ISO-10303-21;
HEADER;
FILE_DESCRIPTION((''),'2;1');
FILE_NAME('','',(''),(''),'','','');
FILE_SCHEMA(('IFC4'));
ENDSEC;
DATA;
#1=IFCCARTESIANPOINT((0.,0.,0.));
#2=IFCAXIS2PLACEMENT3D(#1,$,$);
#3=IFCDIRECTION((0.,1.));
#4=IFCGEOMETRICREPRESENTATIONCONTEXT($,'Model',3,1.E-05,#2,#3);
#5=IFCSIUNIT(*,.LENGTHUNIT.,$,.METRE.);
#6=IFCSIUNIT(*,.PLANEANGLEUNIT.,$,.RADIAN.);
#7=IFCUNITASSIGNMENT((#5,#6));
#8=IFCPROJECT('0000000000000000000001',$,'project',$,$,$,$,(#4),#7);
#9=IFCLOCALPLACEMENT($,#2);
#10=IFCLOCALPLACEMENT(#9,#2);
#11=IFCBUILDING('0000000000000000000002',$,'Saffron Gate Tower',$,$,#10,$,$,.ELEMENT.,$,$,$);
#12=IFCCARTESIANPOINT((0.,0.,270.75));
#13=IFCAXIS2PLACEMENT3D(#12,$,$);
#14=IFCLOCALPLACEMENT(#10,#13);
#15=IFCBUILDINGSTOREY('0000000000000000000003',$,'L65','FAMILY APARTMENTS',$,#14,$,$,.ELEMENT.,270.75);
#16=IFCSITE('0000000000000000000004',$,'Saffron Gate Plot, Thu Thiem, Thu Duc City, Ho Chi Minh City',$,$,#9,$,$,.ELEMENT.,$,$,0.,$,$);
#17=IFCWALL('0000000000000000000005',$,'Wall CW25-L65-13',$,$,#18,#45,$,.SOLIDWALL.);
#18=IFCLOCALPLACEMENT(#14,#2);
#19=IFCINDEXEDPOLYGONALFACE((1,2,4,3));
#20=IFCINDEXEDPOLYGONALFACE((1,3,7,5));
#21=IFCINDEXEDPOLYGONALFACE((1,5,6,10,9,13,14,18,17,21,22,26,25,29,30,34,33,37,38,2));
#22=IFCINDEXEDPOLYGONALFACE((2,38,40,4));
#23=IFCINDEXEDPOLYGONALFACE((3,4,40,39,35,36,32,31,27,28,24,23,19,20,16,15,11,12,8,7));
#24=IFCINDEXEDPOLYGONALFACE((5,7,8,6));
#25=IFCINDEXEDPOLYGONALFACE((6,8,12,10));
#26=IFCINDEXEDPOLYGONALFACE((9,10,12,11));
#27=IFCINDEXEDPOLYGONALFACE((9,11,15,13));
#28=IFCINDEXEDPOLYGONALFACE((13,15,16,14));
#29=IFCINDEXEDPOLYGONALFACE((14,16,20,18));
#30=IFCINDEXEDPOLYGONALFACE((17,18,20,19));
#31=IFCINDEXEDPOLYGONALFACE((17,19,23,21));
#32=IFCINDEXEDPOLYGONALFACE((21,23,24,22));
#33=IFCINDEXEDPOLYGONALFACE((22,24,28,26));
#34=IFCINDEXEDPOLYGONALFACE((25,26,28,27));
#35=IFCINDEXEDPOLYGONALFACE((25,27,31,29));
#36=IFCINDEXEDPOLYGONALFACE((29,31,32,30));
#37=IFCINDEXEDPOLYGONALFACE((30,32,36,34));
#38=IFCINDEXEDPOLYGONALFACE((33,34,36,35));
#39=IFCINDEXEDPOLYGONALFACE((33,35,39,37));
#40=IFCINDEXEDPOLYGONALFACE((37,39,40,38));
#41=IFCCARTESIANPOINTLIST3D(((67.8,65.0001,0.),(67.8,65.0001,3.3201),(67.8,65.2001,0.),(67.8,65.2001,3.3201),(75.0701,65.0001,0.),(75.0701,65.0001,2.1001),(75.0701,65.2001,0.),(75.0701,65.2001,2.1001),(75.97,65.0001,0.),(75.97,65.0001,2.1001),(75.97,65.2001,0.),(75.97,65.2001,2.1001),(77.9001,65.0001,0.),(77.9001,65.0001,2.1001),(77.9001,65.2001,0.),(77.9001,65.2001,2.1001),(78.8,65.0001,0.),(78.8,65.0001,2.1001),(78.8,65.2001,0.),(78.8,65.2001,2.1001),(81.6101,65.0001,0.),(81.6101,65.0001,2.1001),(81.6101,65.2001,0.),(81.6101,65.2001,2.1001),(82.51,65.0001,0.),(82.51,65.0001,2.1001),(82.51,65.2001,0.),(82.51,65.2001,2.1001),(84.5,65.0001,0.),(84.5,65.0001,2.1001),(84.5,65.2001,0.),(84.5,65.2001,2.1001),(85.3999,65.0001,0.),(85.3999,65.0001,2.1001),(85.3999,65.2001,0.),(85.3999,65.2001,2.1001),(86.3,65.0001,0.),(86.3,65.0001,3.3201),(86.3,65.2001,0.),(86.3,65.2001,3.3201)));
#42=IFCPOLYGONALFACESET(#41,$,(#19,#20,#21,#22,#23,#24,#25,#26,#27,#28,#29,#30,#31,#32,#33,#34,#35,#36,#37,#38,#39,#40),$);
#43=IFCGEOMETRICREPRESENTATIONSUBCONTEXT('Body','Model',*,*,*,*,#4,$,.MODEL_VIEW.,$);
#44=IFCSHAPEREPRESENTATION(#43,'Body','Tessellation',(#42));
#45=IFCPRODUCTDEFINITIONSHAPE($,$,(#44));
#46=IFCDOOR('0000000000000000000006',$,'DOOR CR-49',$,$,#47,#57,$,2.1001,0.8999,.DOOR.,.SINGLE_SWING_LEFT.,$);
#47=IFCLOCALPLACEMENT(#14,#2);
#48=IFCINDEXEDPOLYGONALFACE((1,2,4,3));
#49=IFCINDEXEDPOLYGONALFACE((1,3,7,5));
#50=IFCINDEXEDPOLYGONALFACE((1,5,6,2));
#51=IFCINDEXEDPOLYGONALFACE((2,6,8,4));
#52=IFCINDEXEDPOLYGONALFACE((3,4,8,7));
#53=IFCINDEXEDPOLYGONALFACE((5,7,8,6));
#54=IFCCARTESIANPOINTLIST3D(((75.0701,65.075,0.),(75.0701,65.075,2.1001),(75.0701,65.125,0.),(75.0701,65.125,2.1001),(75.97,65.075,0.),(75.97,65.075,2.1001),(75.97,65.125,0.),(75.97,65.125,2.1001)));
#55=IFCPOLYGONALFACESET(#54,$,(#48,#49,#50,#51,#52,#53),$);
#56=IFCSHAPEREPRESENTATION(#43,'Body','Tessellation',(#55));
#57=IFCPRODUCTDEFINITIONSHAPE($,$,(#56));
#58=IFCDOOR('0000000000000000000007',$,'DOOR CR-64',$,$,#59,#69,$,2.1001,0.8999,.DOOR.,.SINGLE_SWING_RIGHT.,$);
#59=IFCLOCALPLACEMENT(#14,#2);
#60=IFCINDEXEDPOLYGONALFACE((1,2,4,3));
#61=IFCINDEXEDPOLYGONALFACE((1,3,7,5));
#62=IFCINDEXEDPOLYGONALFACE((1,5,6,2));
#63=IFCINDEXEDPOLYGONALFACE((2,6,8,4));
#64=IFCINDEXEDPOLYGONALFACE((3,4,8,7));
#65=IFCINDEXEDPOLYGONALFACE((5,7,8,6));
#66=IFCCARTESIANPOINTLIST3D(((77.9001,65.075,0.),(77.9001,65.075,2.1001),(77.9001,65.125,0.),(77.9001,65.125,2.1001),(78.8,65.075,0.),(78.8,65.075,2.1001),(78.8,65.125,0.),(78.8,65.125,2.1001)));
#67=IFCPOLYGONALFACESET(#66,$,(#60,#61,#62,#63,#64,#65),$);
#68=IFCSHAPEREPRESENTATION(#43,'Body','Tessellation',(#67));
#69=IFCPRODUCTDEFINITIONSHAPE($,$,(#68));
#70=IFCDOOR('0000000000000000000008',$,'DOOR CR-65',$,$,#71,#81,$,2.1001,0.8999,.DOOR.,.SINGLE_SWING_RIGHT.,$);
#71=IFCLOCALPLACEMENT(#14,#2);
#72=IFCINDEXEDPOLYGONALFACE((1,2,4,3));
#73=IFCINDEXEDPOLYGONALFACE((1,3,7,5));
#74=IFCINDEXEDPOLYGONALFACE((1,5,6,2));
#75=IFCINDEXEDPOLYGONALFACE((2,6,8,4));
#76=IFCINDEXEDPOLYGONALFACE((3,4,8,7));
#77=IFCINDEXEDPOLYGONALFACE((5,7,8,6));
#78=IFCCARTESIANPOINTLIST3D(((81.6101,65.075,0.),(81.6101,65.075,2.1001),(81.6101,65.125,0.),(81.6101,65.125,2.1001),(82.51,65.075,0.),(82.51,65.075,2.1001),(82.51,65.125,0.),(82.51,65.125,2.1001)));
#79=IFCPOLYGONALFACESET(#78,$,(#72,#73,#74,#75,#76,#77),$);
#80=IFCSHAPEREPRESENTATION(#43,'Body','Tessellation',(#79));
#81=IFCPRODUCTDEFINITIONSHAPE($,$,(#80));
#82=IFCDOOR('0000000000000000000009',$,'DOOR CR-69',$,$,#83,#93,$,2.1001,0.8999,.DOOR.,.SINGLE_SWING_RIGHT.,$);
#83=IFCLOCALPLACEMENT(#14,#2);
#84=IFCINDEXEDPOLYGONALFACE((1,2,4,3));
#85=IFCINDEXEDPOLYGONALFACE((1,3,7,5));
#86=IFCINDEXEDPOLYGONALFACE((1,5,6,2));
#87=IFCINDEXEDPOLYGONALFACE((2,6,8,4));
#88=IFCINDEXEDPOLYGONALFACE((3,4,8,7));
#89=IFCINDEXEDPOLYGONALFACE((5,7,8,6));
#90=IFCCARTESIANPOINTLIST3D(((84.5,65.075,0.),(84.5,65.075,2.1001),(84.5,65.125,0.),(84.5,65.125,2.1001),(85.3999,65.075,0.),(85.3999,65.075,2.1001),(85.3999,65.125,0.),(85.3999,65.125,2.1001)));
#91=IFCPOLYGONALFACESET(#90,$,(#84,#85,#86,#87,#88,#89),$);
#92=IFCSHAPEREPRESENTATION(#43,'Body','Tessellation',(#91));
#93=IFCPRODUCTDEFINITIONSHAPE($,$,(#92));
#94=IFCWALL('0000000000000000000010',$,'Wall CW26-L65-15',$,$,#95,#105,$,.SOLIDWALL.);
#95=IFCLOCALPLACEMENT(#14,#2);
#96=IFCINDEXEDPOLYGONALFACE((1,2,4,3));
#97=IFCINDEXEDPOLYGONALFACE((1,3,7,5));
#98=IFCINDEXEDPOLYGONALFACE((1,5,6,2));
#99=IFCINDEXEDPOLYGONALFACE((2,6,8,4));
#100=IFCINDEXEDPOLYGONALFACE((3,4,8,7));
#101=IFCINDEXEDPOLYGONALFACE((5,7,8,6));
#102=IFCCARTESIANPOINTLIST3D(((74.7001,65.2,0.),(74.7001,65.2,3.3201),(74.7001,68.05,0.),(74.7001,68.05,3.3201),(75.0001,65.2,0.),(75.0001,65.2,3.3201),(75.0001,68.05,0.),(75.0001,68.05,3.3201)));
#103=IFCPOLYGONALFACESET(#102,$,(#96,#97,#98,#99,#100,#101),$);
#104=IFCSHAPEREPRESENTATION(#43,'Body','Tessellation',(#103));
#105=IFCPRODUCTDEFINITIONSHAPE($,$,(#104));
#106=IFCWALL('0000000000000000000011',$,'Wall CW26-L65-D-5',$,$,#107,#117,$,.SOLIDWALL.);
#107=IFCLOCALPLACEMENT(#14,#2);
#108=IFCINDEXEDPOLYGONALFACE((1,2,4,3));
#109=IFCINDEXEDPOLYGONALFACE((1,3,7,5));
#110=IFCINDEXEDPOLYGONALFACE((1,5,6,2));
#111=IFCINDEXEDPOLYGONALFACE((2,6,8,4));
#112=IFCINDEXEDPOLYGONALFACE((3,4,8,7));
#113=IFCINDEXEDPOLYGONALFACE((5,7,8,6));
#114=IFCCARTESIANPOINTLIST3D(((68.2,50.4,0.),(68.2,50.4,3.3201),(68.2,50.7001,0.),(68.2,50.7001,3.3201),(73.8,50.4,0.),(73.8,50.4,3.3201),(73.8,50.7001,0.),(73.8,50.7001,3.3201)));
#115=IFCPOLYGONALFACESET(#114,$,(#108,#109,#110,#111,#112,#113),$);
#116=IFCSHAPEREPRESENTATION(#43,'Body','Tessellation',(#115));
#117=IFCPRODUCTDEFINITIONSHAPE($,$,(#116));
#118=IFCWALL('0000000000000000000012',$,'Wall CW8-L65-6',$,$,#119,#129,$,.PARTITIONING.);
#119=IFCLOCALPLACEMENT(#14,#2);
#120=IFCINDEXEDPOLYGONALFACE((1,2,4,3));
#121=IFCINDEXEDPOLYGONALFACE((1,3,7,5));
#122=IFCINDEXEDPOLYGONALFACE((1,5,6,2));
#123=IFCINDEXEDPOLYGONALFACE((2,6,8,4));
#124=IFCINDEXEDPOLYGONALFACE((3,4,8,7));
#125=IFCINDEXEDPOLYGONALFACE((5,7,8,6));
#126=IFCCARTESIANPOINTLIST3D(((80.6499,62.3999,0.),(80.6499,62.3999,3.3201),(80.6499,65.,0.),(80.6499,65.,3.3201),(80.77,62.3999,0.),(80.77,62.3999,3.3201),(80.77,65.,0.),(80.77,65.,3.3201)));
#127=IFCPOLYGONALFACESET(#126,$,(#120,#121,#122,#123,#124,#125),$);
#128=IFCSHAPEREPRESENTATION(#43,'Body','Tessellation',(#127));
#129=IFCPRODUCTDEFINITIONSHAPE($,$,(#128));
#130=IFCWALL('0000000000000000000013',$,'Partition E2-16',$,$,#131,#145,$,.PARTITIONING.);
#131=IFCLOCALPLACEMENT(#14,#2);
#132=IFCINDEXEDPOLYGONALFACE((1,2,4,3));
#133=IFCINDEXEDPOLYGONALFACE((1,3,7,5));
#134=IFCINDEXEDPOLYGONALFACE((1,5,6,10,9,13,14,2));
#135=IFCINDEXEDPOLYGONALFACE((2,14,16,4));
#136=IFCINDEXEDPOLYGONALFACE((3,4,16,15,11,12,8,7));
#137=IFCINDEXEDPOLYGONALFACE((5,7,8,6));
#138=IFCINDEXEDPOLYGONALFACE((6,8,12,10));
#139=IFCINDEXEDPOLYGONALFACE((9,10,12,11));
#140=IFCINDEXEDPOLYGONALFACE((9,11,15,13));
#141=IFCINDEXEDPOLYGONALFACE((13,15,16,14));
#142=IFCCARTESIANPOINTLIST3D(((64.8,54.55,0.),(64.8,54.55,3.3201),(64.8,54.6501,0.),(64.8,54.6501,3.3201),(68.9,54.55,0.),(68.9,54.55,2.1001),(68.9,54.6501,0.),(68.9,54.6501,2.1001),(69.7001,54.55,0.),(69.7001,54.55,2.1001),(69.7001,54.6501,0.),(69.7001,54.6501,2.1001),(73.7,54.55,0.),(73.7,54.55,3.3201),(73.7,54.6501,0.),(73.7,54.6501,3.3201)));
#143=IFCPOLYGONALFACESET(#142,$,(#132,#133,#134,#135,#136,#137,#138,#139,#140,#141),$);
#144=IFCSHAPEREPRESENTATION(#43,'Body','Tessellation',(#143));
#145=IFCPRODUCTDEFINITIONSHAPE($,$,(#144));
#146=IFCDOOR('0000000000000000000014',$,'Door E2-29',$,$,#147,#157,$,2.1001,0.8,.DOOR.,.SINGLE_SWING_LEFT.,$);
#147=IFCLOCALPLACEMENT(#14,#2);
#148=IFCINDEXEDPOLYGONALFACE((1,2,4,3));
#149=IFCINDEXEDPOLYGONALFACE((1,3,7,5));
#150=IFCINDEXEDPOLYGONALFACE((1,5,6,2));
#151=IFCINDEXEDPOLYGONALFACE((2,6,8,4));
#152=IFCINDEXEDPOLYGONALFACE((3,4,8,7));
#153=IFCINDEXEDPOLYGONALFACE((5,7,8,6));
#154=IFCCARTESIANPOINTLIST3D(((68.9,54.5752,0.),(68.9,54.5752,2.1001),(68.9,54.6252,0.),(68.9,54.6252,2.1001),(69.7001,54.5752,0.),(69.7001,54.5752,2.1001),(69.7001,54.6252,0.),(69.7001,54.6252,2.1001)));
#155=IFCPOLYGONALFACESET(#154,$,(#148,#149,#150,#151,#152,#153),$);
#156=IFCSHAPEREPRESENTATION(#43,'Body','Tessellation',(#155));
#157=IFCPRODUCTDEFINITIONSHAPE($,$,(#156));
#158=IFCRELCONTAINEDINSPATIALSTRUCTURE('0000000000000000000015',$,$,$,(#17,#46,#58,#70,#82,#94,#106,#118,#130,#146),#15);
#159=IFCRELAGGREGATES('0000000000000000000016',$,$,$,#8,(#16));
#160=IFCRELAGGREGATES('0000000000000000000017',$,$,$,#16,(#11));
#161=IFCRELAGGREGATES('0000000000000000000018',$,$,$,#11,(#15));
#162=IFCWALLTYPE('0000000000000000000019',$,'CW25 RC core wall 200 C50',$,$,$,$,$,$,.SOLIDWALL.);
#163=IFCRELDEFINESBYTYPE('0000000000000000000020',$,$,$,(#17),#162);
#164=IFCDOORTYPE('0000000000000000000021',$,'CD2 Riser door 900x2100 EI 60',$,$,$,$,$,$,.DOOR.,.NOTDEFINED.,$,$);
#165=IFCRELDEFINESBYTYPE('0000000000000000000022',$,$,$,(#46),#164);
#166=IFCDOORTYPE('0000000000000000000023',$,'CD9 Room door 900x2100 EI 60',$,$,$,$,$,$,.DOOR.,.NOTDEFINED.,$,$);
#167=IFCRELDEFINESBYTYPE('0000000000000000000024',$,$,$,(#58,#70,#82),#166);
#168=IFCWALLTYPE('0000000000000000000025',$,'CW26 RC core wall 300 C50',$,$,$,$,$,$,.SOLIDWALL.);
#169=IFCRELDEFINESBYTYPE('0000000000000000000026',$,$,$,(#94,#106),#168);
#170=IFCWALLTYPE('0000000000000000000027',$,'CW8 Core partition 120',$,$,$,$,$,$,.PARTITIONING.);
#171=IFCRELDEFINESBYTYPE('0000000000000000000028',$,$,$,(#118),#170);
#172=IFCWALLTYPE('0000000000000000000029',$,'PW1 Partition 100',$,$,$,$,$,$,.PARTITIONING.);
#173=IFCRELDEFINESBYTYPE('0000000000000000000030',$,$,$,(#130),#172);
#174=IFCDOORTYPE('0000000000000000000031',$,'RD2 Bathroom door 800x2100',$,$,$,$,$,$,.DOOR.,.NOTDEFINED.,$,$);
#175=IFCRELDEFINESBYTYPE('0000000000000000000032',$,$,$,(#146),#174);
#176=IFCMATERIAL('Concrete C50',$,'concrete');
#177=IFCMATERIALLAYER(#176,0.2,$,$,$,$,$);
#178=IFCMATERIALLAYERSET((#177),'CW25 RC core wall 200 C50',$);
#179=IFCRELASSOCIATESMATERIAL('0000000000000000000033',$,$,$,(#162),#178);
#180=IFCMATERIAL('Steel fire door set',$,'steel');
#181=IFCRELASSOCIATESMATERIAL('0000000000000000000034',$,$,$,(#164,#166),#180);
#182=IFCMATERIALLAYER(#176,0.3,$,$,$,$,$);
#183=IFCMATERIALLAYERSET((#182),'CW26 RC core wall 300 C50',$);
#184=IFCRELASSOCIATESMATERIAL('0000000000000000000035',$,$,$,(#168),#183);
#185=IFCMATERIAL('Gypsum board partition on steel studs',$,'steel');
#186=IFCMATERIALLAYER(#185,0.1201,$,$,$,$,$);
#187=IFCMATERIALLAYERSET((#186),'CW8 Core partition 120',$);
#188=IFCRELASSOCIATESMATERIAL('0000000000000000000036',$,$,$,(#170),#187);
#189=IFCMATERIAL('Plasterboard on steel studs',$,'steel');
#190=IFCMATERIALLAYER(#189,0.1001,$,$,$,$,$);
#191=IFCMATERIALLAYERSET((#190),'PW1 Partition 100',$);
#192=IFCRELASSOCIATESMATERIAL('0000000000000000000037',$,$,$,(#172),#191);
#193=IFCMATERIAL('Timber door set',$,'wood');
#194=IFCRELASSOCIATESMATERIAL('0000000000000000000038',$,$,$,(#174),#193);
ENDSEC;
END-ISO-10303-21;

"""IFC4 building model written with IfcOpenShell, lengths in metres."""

from ifc_helpers import new_model, si_unit, direction, frame, frame_2d, origin, place, context, subcontext, project, spatial, rectangle, extrude, material, layer, layer_set, type_object, element, fill, save


model = new_model("IFC4")

# Units and contexts
model_context = context("Model", 3, precision=1e-05, world=origin(), true_north=direction((0.0, 1.0)))
body_context = subcontext(model_context, "Body", "Model", "MODEL_VIEW")
ifc_project = project(units=[si_unit("LENGTHUNIT", "METRE"), si_unit("PLANEANGLEUNIT", "RADIAN")], contexts=[model_context])

# Site, building, storey
site_placement = place(None, origin())
site = spatial("IfcSite", under=ifc_project, at=site_placement, Name="Saffron Gate Plot, Thu Thiem, Thu Duc City, Ho Chi Minh City", CompositionType="ELEMENT", RefElevation=0.0)
building_placement = place(site_placement, origin())
building = spatial("IfcBuilding", under=site, at=building_placement, Name="Saffron Gate Tower", CompositionType="ELEMENT")
storey_placement = place(building_placement, frame((0.0, 0.0, 270.75)))
storey = spatial("IfcBuildingStorey", under=building, at=storey_placement, Name="L65", Description="FAMILY APARTMENTS", CompositionType="ELEMENT", Elevation=270.75)

# Shared definitions
ifc_material_1 = material(Name="Concrete C50", Category="concrete")
ifc_material_2 = material(Name="Steel fire door set", Category="steel")

# Wall, openings, doors
ifc_layer_1 = layer(ifc_material_1, 0.2)
ifc_layer_set_1 = layer_set([ifc_layer_1], Name="CW25 RC core wall 200 C50")
wall_type_1 = type_object("IfcWallType", Name="CW25 RC core wall 200 C50", PredefinedType="SOLIDWALL", material=ifc_layer_set_1)
wall_1_placement = place(storey_placement, frame((67.8, 65.1001, 0.0), z_axis=(0.0, 0.0, 1.0), x_axis=(1.0, 0.0, 0.0)))
wall_1 = element("IfcWall", 1, at=wall_1_placement, inside=storey, type_object=wall_type_1, Name="Wall CW25-L65-13", PredefinedType="SOLIDWALL", context=body_context, shape_type="SweptSolid", body=[
    extrude(rectangle(XDim=18.5, YDim=0.2, at=frame_2d((9.25, 0.0))), origin(), (0.0, 0.0, 1.0), 3.3201),
])
opening_1_placement = place(wall_1_placement, frame((7.27, 0.0, 0.0)))
opening_1 = element("IfcOpeningElement", 2, at=opening_1_placement, cuts=wall_1, PredefinedType="OPENING", context=body_context, shape_type="SweptSolid", body=[
    extrude(rectangle(XDim=0.8999, YDim=2.1001, at=frame_2d((0.45, 1.05))), frame((0.0, 0.1099, 0.0), z_axis=(0.0, -1.0, 0.0), x_axis=(1.0, 0.0, 0.0)), (0.0, 0.0, 1.0), 0.22),
])
opening_2_placement = place(wall_1_placement, frame((10.1001, 0.0, 0.0)))
opening_2 = element("IfcOpeningElement", 3, at=opening_2_placement, cuts=wall_1, PredefinedType="OPENING", context=body_context, shape_type="SweptSolid", body=[
    extrude(rectangle(XDim=0.8999, YDim=2.1001, at=frame_2d((0.45, 1.05))), frame((0.0, 0.1099, 0.0), z_axis=(0.0, -1.0, 0.0), x_axis=(1.0, 0.0, 0.0)), (0.0, 0.0, 1.0), 0.22),
])
opening_3_placement = place(wall_1_placement, frame((13.8101, 0.0, 0.0)))
opening_3 = element("IfcOpeningElement", 4, at=opening_3_placement, cuts=wall_1, PredefinedType="OPENING", context=body_context, shape_type="SweptSolid", body=[
    extrude(rectangle(XDim=0.8999, YDim=2.1001, at=frame_2d((0.45, 1.05))), frame((0.0, 0.1099, 0.0), z_axis=(0.0, -1.0, 0.0), x_axis=(1.0, 0.0, 0.0)), (0.0, 0.0, 1.0), 0.22),
])
opening_4_placement = place(wall_1_placement, frame((16.7, 0.0, 0.0)))
opening_4 = element("IfcOpeningElement", 5, at=opening_4_placement, cuts=wall_1, PredefinedType="OPENING", context=body_context, shape_type="SweptSolid", body=[
    extrude(rectangle(XDim=0.8999, YDim=2.1001, at=frame_2d((0.45, 1.05))), frame((0.0, 0.1099, 0.0), z_axis=(0.0, -1.0, 0.0), x_axis=(1.0, 0.0, 0.0)), (0.0, 0.0, 1.0), 0.22),
])
door_type_1 = type_object("IfcDoorType", Name="CD2 Riser door 900x2100 EI 60", OperationType="NOTDEFINED", PredefinedType="DOOR", material=ifc_material_2)
door_1_placement = place(opening_1_placement, origin())
door_1 = element("IfcDoor", 6, at=door_1_placement, inside=storey, type_object=door_type_1, Name="DOOR CR-49", OperationType="SINGLE_SWING_LEFT", OverallHeight=2.1001, OverallWidth=0.8999, PredefinedType="DOOR", context=body_context, shape_type="SweptSolid", body=[
    extrude(rectangle(XDim=0.8999, YDim=2.1001, at=frame_2d((0.45, 1.05))), frame((0.0, 0.0249, 0.0), z_axis=(0.0, -1.0, 0.0), x_axis=(1.0, 0.0, 0.0)), (0.0, 0.0, 1.0), 0.05),
])
fill(opening_1, door_1)
door_type_2 = type_object("IfcDoorType", Name="CD9 Room door 900x2100 EI 60", OperationType="NOTDEFINED", PredefinedType="DOOR", material=ifc_material_2)
door_2_placement = place(opening_2_placement, origin())
door_2 = element("IfcDoor", 7, at=door_2_placement, inside=storey, type_object=door_type_2, Name="DOOR CR-64", OperationType="SINGLE_SWING_RIGHT", OverallHeight=2.1001, OverallWidth=0.8999, PredefinedType="DOOR", context=body_context, shape_type="SweptSolid", body=[
    extrude(rectangle(XDim=0.8999, YDim=2.1001, at=frame_2d((0.45, 1.05))), frame((0.0, 0.0249, 0.0), z_axis=(0.0, -1.0, 0.0), x_axis=(1.0, 0.0, 0.0)), (0.0, 0.0, 1.0), 0.05),
])
fill(opening_2, door_2)
door_3_placement = place(opening_3_placement, origin())
door_3 = element("IfcDoor", 8, at=door_3_placement, inside=storey, type_object=door_type_2, Name="DOOR CR-65", OperationType="SINGLE_SWING_RIGHT", OverallHeight=2.1001, OverallWidth=0.8999, PredefinedType="DOOR", context=body_context, shape_type="SweptSolid", body=[
    extrude(rectangle(XDim=0.8999, YDim=2.1001, at=frame_2d((0.45, 1.05))), frame((0.0, 0.0249, 0.0), z_axis=(0.0, -1.0, 0.0), x_axis=(1.0, 0.0, 0.0)), (0.0, 0.0, 1.0), 0.05),
])
fill(opening_3, door_3)
door_4_placement = place(opening_4_placement, origin())
door_4 = element("IfcDoor", 9, at=door_4_placement, inside=storey, type_object=door_type_2, Name="DOOR CR-69", OperationType="SINGLE_SWING_RIGHT", OverallHeight=2.1001, OverallWidth=0.8999, PredefinedType="DOOR", context=body_context, shape_type="SweptSolid", body=[
    extrude(rectangle(XDim=0.8999, YDim=2.1001, at=frame_2d((0.45, 1.05))), frame((0.0, 0.0249, 0.0), z_axis=(0.0, -1.0, 0.0), x_axis=(1.0, 0.0, 0.0)), (0.0, 0.0, 1.0), 0.05),
])
fill(opening_4, door_4)

# Walls
ifc_layer_2 = layer(ifc_material_1, 0.3)
ifc_layer_set_2 = layer_set([ifc_layer_2], Name="CW26 RC core wall 300 C50")
wall_type_2 = type_object("IfcWallType", Name="CW26 RC core wall 300 C50", PredefinedType="SOLIDWALL", material=ifc_layer_set_2)
wall_2_placement = place(storey_placement, frame((74.8501, 65.2, 0.0), z_axis=(0.0, 0.0, 1.0), x_axis=(0.0, 1.0, 0.0)))
element("IfcWall", 10, at=wall_2_placement, inside=storey, type_object=wall_type_2, Name="Wall CW26-L65-15", PredefinedType="SOLIDWALL", context=body_context, shape_type="SweptSolid", body=[
    extrude(rectangle(XDim=2.8501, YDim=0.3, at=frame_2d((1.425, 0.0))), origin(), (0.0, 0.0, 1.0), 3.3201),
])
wall_3_placement = place(storey_placement, frame((68.2, 50.55, 0.0), z_axis=(0.0, 0.0, 1.0), x_axis=(1.0, 0.0, 0.0)))
element("IfcWall", 11, at=wall_3_placement, inside=storey, type_object=wall_type_2, Name="Wall CW26-L65-D-5", PredefinedType="SOLIDWALL", context=body_context, shape_type="SweptSolid", body=[
    extrude(rectangle(XDim=5.6001, YDim=0.3, at=frame_2d((2.8, 0.0))), origin(), (0.0, 0.0, 1.0), 3.3201),
])
ifc_material_3 = material(Name="Gypsum board partition on steel studs", Category="steel")
ifc_layer_3 = layer(ifc_material_3, 0.1201)
ifc_layer_set_3 = layer_set([ifc_layer_3], Name="CW8 Core partition 120")
wall_type_3 = type_object("IfcWallType", Name="CW8 Core partition 120", PredefinedType="PARTITIONING", material=ifc_layer_set_3)
wall_4_placement = place(storey_placement, frame((80.71, 62.3999, 0.0), z_axis=(0.0, 0.0, 1.0), x_axis=(0.0, 1.0, 0.0)))
element("IfcWall", 12, at=wall_4_placement, inside=storey, type_object=wall_type_3, Name="Wall CW8-L65-6", PredefinedType="PARTITIONING", context=body_context, shape_type="SweptSolid", body=[
    extrude(rectangle(XDim=2.6001, YDim=0.1201, at=frame_2d((1.3, 0.0))), origin(), (0.0, 0.0, 1.0), 3.3201),
])

# Wall, opening, door
ifc_material_4 = material(Name="Plasterboard on steel studs", Category="steel")
ifc_layer_4 = layer(ifc_material_4, 0.1001)
ifc_layer_set_4 = layer_set([ifc_layer_4], Name="PW1 Partition 100")
wall_type_4 = type_object("IfcWallType", Name="PW1 Partition 100", PredefinedType="PARTITIONING", material=ifc_layer_set_4)
wall_5_placement = place(storey_placement, frame((73.7, 54.6001, 0.0), z_axis=(0.0, 0.0, 1.0), x_axis=(-1.0, 0.0, 0.0)))
wall_5 = element("IfcWall", 13, at=wall_5_placement, inside=storey, type_object=wall_type_4, Name="Partition E2-16", PredefinedType="PARTITIONING", context=body_context, shape_type="SweptSolid", body=[
    extrude(rectangle(XDim=8.8999, YDim=0.1001, at=frame_2d((4.45, 0.0))), origin(), (0.0, 0.0, 1.0), 3.3201),
])
opening_5_placement = place(wall_5_placement, frame((4.0, 0.0, 0.0)))
opening_5 = element("IfcOpeningElement", 14, at=opening_5_placement, cuts=wall_5, PredefinedType="OPENING", context=body_context, shape_type="SweptSolid", body=[
    extrude(rectangle(XDim=0.8, YDim=2.1001, at=frame_2d((0.3999, 1.05))), frame((0.0, 0.0601, 0.0), z_axis=(0.0, -1.0, 0.0), x_axis=(1.0, 0.0, 0.0)), (0.0, 0.0, 1.0), 0.1201),
])
ifc_material_5 = material(Name="Timber door set", Category="wood")
door_type_3 = type_object("IfcDoorType", Name="RD2 Bathroom door 800x2100", OperationType="NOTDEFINED", PredefinedType="DOOR", material=ifc_material_5)
door_5_placement = place(opening_5_placement, origin())
door_5 = element("IfcDoor", 15, at=door_5_placement, inside=storey, type_object=door_type_3, Name="Door E2-29", OperationType="SINGLE_SWING_LEFT", OverallHeight=2.1001, OverallWidth=0.8, PredefinedType="DOOR", context=body_context, shape_type="SweptSolid", body=[
    extrude(rectangle(XDim=0.8, YDim=2.1001, at=frame_2d((0.3999, 1.05))), frame((0.0, 0.0249, 0.0), z_axis=(0.0, -1.0, 0.0), x_axis=(1.0, 0.0, 0.0)), (0.0, 0.0, 1.0), 0.05),
])
fill(opening_5, door_5)

save(model, "model.ifc")
